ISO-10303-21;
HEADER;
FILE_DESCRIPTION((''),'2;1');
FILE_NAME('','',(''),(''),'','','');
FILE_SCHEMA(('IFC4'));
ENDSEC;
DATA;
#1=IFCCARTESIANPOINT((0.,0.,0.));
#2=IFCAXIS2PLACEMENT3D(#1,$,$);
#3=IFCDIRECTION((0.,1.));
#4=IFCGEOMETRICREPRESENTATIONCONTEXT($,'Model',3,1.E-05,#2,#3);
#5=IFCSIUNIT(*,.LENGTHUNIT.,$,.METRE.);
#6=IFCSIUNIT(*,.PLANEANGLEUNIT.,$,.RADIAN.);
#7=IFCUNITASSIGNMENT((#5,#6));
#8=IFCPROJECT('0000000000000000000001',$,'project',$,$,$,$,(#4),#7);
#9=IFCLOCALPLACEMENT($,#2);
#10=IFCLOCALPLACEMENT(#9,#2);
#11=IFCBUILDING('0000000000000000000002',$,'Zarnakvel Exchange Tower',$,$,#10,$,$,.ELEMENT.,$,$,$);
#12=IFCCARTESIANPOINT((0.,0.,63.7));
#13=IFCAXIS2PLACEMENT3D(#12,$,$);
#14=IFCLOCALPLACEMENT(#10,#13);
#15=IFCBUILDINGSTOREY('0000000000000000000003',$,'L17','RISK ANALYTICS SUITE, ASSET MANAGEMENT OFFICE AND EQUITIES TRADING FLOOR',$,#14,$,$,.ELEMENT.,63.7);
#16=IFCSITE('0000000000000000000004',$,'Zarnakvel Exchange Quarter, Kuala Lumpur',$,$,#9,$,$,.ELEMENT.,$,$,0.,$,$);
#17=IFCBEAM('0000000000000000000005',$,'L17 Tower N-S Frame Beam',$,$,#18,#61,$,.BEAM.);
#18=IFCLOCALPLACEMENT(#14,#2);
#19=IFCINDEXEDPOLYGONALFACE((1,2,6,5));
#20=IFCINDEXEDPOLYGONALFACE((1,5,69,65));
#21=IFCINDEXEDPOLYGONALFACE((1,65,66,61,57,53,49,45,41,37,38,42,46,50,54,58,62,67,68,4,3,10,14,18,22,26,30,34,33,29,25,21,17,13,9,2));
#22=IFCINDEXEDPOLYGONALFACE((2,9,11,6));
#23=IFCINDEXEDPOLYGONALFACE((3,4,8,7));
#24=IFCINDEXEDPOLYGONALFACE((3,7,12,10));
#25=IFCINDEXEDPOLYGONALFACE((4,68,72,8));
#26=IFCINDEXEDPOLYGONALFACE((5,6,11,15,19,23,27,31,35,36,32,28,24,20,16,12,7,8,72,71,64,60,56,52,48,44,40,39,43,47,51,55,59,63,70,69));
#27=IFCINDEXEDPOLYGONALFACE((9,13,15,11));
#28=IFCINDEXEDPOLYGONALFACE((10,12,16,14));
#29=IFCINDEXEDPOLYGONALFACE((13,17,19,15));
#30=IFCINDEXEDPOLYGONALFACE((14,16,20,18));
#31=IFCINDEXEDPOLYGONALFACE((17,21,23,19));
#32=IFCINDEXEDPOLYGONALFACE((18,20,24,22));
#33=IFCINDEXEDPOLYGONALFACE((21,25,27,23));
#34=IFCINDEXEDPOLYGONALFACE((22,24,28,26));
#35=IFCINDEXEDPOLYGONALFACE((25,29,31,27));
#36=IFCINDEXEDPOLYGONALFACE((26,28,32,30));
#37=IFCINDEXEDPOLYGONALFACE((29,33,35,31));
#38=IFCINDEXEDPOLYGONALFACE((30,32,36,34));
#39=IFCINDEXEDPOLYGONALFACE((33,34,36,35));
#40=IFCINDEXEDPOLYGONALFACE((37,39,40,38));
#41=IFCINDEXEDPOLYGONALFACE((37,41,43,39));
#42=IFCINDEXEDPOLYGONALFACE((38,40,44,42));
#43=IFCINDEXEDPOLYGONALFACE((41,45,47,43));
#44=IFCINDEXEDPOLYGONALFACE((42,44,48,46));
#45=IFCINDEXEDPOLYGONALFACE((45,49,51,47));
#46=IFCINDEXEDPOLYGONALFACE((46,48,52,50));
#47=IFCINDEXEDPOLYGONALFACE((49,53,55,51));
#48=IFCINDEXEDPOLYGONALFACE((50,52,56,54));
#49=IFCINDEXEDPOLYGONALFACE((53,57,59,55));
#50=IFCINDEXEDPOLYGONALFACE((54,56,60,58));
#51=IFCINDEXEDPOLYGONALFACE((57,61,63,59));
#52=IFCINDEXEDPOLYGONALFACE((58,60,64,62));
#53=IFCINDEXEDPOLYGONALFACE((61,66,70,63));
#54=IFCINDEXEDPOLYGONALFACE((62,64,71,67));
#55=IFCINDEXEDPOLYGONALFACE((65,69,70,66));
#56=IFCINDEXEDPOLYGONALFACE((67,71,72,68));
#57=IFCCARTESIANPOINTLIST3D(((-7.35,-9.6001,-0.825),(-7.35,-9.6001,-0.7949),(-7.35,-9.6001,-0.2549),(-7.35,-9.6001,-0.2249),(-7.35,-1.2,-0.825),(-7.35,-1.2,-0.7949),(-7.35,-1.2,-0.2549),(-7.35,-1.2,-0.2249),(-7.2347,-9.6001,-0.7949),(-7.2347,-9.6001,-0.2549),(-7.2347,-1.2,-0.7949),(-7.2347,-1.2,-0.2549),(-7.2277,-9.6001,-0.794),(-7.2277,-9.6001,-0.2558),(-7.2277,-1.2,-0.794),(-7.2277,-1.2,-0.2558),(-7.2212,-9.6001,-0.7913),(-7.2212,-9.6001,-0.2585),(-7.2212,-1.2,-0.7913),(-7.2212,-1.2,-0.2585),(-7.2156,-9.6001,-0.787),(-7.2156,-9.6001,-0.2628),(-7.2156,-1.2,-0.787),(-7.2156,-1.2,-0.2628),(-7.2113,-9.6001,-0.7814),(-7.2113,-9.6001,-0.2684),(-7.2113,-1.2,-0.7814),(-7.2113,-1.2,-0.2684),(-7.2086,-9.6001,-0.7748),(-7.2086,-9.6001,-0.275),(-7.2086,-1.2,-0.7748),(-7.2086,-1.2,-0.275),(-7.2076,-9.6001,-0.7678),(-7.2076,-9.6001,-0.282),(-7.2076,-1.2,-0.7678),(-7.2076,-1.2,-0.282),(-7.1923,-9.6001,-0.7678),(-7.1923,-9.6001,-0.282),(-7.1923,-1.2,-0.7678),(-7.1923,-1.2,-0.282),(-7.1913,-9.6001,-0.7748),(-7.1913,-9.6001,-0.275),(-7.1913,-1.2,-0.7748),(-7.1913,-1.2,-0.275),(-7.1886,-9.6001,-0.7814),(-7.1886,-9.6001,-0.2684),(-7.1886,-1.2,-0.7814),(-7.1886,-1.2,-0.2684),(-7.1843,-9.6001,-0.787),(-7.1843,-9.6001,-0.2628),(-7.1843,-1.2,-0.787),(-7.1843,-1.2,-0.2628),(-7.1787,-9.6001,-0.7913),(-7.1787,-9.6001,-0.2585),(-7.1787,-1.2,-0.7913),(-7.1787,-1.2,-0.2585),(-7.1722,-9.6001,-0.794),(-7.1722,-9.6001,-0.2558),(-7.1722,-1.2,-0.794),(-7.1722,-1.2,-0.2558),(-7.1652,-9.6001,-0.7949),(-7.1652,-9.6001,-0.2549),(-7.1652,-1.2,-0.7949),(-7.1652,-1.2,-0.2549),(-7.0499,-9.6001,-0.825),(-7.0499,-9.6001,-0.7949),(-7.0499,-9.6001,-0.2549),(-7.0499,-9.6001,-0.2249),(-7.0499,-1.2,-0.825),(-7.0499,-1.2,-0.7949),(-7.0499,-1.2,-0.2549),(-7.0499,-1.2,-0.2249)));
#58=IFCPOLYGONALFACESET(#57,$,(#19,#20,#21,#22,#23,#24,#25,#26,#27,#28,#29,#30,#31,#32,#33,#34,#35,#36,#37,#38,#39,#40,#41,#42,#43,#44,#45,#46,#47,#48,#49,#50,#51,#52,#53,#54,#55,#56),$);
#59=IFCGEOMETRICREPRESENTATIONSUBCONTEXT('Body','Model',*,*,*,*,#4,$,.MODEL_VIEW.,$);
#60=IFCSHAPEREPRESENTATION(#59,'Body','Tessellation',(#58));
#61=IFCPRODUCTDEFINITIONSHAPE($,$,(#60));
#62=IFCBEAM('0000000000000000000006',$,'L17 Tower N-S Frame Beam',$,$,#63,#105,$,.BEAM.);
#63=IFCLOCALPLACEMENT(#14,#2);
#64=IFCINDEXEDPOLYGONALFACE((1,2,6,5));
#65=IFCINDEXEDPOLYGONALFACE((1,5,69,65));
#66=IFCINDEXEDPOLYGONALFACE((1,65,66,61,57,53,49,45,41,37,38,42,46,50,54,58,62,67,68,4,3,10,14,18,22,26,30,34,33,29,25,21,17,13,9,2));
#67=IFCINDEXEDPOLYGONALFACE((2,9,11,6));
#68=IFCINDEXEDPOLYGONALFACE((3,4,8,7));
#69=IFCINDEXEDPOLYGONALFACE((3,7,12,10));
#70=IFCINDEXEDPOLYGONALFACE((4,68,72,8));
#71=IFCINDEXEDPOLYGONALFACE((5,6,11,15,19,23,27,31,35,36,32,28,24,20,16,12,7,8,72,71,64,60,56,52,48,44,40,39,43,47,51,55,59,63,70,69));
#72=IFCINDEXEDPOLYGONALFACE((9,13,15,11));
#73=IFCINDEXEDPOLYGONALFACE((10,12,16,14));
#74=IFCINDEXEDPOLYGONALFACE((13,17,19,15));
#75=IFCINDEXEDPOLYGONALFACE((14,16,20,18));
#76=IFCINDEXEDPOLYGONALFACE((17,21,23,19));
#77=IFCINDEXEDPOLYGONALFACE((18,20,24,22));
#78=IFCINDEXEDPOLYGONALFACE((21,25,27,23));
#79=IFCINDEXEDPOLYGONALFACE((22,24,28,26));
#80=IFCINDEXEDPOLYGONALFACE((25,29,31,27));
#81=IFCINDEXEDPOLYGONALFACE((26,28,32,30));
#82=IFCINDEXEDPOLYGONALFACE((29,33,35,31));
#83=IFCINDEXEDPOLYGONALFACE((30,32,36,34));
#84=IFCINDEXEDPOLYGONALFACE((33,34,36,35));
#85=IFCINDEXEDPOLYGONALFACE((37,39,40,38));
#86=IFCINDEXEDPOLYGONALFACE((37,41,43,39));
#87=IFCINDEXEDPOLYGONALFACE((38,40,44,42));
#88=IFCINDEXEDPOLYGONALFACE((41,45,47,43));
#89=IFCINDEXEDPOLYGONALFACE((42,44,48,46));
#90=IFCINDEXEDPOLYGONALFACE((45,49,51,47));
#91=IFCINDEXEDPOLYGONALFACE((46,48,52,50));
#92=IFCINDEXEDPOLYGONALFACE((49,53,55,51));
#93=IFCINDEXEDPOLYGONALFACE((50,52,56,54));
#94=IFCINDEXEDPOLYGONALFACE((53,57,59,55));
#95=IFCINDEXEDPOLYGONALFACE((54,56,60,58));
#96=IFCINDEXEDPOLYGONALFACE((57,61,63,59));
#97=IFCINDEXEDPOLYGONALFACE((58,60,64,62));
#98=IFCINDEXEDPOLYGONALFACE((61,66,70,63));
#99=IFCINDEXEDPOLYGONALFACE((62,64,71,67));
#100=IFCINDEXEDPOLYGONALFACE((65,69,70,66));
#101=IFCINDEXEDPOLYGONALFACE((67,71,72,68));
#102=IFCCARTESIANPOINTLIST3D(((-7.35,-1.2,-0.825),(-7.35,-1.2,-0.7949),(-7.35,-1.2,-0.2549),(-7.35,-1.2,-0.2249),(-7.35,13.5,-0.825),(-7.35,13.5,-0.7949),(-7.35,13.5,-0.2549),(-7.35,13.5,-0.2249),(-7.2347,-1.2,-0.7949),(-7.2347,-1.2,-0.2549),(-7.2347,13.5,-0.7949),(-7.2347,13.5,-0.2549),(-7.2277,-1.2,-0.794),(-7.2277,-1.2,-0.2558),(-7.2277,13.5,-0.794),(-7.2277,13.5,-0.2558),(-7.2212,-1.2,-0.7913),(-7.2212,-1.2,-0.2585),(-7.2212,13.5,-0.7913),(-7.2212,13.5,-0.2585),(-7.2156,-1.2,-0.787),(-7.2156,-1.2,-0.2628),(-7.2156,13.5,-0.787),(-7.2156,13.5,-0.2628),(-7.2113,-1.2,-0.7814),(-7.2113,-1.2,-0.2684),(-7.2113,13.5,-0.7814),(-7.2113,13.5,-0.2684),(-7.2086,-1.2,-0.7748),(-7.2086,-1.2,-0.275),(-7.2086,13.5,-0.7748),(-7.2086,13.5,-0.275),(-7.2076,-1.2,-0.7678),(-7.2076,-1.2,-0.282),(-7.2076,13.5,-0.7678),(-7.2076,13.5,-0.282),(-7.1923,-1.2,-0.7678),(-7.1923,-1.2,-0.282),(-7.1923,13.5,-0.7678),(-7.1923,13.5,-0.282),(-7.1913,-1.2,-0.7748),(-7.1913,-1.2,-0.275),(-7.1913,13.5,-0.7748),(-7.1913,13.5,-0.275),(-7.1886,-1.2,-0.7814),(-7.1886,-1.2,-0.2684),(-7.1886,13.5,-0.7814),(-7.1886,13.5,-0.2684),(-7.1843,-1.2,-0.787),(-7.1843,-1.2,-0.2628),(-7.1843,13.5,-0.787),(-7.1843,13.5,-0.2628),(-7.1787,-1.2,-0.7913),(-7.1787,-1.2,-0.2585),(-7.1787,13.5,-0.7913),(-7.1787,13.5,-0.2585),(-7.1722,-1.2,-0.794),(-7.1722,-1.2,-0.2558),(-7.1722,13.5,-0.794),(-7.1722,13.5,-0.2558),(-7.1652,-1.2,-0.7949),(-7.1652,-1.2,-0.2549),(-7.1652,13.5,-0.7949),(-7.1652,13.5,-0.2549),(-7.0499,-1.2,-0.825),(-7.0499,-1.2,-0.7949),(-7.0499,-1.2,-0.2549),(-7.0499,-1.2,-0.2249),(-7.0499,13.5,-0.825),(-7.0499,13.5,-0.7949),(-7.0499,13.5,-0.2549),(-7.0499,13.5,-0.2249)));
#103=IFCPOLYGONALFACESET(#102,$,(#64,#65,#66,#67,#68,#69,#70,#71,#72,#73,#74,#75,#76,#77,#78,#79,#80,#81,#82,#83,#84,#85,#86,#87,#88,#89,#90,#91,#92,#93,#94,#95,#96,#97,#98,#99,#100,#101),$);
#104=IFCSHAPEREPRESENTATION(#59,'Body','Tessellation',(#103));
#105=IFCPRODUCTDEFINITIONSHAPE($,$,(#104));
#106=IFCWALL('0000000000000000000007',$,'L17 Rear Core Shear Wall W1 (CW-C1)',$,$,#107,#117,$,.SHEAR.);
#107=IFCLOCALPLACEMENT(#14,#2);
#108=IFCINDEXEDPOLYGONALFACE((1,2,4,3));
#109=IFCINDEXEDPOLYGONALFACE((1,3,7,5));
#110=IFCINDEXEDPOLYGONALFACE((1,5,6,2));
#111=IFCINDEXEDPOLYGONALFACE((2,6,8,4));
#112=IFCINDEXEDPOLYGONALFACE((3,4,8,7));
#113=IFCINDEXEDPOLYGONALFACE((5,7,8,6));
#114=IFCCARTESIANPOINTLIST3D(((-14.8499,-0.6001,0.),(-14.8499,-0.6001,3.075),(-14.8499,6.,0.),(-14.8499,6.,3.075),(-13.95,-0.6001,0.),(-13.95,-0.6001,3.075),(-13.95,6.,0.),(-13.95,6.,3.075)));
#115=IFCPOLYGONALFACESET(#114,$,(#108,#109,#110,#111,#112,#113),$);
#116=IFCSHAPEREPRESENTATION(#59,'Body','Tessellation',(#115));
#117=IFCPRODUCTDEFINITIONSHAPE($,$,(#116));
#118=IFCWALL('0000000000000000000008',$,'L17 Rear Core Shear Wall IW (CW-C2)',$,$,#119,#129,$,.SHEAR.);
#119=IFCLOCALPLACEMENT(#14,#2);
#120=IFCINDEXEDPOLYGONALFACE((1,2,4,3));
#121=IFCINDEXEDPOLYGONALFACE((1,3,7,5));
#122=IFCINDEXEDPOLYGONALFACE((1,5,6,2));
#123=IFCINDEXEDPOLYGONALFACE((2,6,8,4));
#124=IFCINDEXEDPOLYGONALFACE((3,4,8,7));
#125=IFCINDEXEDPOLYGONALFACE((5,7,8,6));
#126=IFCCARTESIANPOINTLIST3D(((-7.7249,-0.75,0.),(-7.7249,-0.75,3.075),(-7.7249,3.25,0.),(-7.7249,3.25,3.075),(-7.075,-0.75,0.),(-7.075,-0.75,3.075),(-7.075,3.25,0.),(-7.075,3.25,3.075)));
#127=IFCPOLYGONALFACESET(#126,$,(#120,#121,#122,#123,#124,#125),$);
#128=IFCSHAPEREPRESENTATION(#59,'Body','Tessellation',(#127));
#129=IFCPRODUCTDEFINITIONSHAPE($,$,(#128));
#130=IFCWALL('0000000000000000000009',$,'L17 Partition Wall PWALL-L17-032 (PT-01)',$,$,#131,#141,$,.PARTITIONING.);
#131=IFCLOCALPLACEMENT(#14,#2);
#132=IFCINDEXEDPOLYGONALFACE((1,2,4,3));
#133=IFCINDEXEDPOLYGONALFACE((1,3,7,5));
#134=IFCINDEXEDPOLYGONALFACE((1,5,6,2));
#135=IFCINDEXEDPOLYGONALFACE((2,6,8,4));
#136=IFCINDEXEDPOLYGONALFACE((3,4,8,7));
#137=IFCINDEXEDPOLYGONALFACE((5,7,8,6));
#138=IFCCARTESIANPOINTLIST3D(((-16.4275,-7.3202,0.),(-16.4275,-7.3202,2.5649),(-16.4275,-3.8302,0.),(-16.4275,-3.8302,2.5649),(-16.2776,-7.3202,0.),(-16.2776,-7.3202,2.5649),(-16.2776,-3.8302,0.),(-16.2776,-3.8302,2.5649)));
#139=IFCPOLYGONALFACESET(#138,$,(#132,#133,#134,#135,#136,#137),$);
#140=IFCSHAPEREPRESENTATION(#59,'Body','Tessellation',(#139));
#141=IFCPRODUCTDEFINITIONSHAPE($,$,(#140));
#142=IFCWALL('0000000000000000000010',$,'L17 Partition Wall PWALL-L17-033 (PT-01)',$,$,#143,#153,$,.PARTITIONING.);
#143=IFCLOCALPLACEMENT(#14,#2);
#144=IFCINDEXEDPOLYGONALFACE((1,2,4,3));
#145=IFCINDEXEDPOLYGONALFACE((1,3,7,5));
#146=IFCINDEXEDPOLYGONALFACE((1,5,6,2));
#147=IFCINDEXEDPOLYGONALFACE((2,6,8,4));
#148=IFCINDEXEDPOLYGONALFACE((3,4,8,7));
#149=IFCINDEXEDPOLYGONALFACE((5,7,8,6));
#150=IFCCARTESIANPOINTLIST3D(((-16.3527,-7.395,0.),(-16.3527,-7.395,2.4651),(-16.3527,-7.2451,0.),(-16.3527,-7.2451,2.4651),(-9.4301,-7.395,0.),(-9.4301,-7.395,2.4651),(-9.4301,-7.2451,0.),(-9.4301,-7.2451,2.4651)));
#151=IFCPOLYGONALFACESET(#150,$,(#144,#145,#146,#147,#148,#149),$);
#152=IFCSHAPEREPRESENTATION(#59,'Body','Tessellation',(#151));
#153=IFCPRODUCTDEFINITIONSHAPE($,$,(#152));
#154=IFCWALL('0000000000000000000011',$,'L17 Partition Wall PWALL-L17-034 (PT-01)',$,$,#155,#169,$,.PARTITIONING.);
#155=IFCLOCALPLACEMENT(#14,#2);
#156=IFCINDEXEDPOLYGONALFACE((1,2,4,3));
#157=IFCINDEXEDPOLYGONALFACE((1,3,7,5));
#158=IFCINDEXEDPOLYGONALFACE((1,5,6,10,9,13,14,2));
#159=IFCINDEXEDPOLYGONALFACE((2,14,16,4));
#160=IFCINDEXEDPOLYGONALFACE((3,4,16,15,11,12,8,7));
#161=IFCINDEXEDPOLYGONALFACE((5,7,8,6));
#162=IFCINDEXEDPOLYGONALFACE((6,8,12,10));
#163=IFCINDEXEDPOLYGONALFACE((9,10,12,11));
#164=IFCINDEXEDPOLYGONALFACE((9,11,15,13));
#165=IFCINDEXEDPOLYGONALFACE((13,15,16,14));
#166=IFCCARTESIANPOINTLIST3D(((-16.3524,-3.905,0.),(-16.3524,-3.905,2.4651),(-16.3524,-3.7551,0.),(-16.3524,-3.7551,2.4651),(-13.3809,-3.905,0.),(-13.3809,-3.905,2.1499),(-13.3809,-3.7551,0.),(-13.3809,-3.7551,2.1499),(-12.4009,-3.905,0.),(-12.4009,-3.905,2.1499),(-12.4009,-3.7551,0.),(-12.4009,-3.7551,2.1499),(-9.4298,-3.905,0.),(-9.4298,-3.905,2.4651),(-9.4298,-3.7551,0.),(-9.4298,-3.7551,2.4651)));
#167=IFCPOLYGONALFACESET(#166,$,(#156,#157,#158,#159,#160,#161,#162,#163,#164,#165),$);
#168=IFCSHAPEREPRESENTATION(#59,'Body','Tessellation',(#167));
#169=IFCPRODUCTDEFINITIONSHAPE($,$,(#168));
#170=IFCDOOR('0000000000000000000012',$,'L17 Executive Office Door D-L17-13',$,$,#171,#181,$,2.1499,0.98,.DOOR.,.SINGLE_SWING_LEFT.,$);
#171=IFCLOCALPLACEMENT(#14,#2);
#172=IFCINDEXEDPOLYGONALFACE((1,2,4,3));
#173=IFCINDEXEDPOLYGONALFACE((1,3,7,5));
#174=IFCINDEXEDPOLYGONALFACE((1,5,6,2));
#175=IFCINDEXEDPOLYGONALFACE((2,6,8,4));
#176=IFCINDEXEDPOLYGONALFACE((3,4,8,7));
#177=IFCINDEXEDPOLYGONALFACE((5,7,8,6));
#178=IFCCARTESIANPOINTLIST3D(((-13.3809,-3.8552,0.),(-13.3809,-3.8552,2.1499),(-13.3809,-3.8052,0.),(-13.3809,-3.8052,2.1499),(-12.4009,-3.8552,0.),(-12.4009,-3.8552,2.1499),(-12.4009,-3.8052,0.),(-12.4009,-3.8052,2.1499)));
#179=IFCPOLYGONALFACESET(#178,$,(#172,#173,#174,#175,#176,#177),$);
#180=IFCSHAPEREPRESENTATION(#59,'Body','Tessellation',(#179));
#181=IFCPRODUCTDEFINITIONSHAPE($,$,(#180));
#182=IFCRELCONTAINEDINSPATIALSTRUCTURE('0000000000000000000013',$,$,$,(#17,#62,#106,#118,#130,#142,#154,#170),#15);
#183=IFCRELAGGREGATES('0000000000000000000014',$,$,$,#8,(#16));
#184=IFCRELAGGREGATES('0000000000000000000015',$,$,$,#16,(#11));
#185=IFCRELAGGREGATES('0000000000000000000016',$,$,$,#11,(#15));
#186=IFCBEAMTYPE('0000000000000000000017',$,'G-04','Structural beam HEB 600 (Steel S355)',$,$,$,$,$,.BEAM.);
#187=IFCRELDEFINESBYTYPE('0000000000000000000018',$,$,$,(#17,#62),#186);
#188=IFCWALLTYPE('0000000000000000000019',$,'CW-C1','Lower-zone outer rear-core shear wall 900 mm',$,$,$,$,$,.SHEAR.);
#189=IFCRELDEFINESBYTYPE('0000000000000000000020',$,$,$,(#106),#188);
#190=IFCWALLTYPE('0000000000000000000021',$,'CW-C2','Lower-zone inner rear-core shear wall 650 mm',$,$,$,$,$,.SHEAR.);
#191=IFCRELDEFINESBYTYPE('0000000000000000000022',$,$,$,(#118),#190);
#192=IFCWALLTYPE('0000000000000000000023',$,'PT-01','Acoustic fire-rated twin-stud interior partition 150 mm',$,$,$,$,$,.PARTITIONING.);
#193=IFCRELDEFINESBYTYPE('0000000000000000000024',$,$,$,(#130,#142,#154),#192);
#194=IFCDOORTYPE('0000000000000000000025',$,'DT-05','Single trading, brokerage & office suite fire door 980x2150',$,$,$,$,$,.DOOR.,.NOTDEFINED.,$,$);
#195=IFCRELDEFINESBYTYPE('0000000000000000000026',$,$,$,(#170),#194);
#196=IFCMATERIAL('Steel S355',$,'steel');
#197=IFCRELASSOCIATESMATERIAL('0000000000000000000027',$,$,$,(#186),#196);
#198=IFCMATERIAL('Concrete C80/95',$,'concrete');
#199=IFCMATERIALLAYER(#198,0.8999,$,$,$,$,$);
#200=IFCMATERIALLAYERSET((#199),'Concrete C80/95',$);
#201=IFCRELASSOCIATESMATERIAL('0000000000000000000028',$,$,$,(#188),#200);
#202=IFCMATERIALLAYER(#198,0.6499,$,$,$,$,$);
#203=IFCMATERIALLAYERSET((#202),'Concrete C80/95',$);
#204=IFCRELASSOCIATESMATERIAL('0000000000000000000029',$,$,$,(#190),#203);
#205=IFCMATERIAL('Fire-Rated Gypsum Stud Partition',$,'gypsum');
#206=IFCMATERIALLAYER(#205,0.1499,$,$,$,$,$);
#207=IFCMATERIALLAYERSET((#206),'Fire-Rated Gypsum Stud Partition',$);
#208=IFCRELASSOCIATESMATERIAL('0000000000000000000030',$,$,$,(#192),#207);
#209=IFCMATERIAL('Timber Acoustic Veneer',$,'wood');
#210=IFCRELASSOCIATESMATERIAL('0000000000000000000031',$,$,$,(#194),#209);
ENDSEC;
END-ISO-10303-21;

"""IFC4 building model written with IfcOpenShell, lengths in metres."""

from ifc_helpers import new_model, si_unit, direction, frame, frame_2d, origin, origin_2d, place, context, subcontext, project, spatial, rectangle, i_section, extrude, source, transform, mapped, material, layer, layer_set, material_profile, profile_set, type_object, element, fill, save


model = new_model("IFC4")

# Units and contexts
model_context = context("Model", 3, precision=1e-05, world=origin(), true_north=direction((0.0, 1.0)))
body_context = subcontext(model_context, "Body", "Model", "MODEL_VIEW")
ifc_project = project(units=[si_unit("LENGTHUNIT", "METRE"), si_unit("PLANEANGLEUNIT", "RADIAN")], contexts=[model_context])

# Site, building, storey
site_placement = place(None, origin())
site = spatial("IfcSite", under=ifc_project, at=site_placement, Name="Zarnakvel Exchange Quarter, Kuala Lumpur", CompositionType="ELEMENT", RefElevation=0.0)
building_placement = place(site_placement, origin())
building = spatial("IfcBuilding", under=site, at=building_placement, Name="Zarnakvel Exchange Tower", CompositionType="ELEMENT")
storey_placement = place(building_placement, frame((0.0, 0.0, 63.7)))
storey = spatial("IfcBuildingStorey", under=building, at=storey_placement, Name="L17", Description="RISK ANALYTICS SUITE, ASSET MANAGEMENT OFFICE AND EQUITIES TRADING FLOOR", CompositionType="ELEMENT", Elevation=63.7)

# Shared definitions
ifc_material_1 = material(Name="Concrete C80/95", Category="concrete")

# Beams
ifc_material_2 = material(Name="Steel S355", Category="steel")
ifc_material_profile_1 = material_profile(ifc_material_2, i_section(OverallWidth=0.3, OverallDepth=0.6001, WebThickness=0.0154, FlangeThickness=0.03, FilletRadius=0.0271, at=origin_2d()))
ifc_profile_set_1 = profile_set([ifc_material_profile_1], Name="Steel S355")
beam_type_1 = type_object("IfcBeamType", Name="G-04", Description="Structural beam HEB 600 (Steel S355)", PredefinedType="BEAM", material=ifc_profile_set_1)
for number, where, z_axis, x_axis, name in (
    (1, (-7.2, -9.6001, -0.5249), (0.0, 1.0, 0.0), (-1.0, 0.0, 0.0), "L17 Tower N-S Frame Beam"),
):
    element("IfcBeam", number, at=place(storey_placement, frame(where, z_axis=z_axis, x_axis=x_axis)), inside=storey, type_object=beam_type_1, Name=name, PredefinedType="BEAM", context=body_context, shape_type="SweptSolid", body=[
        extrude(i_section(OverallWidth=0.3, OverallDepth=0.6001, WebThickness=0.0154, FlangeThickness=0.03, FilletRadius=0.0271, at=origin_2d()), origin(), (0.0, 0.0, 1.0), 8.4001),
    ])
beam_1_placement = place(storey_placement, frame((-7.2, -1.2, -0.5249), z_axis=(0.0, 1.0, 0.0), x_axis=(-1.0, 0.0, 0.0)))
element("IfcBeam", 2, at=beam_1_placement, inside=storey, type_object=beam_type_1, Name="L17 Tower N-S Frame Beam", PredefinedType="BEAM", context=body_context, shape_type="SweptSolid", body=[
    extrude(i_section(OverallWidth=0.3, OverallDepth=0.6001, WebThickness=0.0154, FlangeThickness=0.03, FilletRadius=0.0271, at=origin_2d()), origin(), (0.0, 0.0, 1.0), 14.7),
])

# Wall
ifc_layer_1 = layer(ifc_material_1, 0.8999)
ifc_layer_set_1 = layer_set([ifc_layer_1], Name="Concrete C80/95")
wall_type_1 = type_object("IfcWallType", Name="CW-C1", Description="Lower-zone outer rear-core shear wall 900 mm", PredefinedType="SHEAR", material=ifc_layer_set_1)
wall_1_placement = place(storey_placement, frame((-14.3999, -0.6001, 0.0), z_axis=(0.0, 0.0, 1.0), x_axis=(0.0, 1.0, 0.0)))
element("IfcWall", 3, at=wall_1_placement, inside=storey, type_object=wall_type_1, Name="L17 Rear Core Shear Wall W1 (CW-C1)", PredefinedType="SHEAR", context=body_context, shape_type="SweptSolid", body=[
    extrude(rectangle(XDim=6.6001, YDim=0.8999, at=frame_2d((3.3, 0.0))), origin(), (0.0, 0.0, 1.0), 3.075),
])

# Walls
ifc_layer_2 = layer(ifc_material_1, 0.6499)
ifc_layer_set_2 = layer_set([ifc_layer_2], Name="Concrete C80/95")
wall_type_2 = type_object("IfcWallType", Name="CW-C2", Description="Lower-zone inner rear-core shear wall 650 mm", PredefinedType="SHEAR", material=ifc_layer_set_2)
wall_2_placement = place(storey_placement, frame((-7.3999, -0.75, 0.0), z_axis=(0.0, 0.0, 1.0), x_axis=(0.0, 1.0, 0.0)))
element("IfcWall", 4, at=wall_2_placement, inside=storey, type_object=wall_type_2, Name="L17 Rear Core Shear Wall IW (CW-C2)", PredefinedType="SHEAR", context=body_context, shape_type="SweptSolid", body=[
    extrude(rectangle(XDim=4.0, YDim=0.6499, at=frame_2d((2.0, 0.0))), origin(), (0.0, 0.0, 1.0), 3.075),
])
ifc_material_3 = material(Name="Fire-Rated Gypsum Stud Partition", Category="gypsum")
ifc_layer_3 = layer(ifc_material_3, 0.1499)
ifc_layer_set_3 = layer_set([ifc_layer_3], Name="Fire-Rated Gypsum Stud Partition")
wall_type_3 = type_object("IfcWallType", Name="PT-01", Description="Acoustic fire-rated twin-stud interior partition 150 mm", PredefinedType="PARTITIONING", material=ifc_layer_set_3)
wall_3_placement = place(storey_placement, frame((-16.3525, -3.8301, 0.0), z_axis=(0.0, 0.0, 1.0), x_axis=(0.0, -1.0, 0.0)))
element("IfcWall", 5, at=wall_3_placement, inside=storey, type_object=wall_type_3, Name="L17 Partition Wall PWALL-L17-032 (PT-01)", PredefinedType="PARTITIONING", context=body_context, shape_type="SweptSolid", body=[
    extrude(rectangle(XDim=3.49, YDim=0.1499, at=frame_2d((1.7451, 0.0))), origin(), (0.0, 0.0, 1.0), 2.5649),
])
wall_4_placement = place(storey_placement, frame((-9.4299, -7.3201, 0.0), z_axis=(0.0, 0.0, 1.0), x_axis=(-1.0, 0.0, 0.0)))
element("IfcWall", 6, at=wall_4_placement, inside=storey, type_object=wall_type_3, Name="L17 Partition Wall PWALL-L17-033 (PT-01)", PredefinedType="PARTITIONING", context=body_context, shape_type="SweptSolid", body=[
    extrude(rectangle(XDim=6.9226, YDim=0.1499, at=frame_2d((3.4614, 0.0))), origin(), (0.0, 0.0, 1.0), 2.4651),
])

# Wall, opening, door
wall_5_placement = place(storey_placement, frame((-16.3525, -3.8301, 0.0), z_axis=(0.0, 0.0, 1.0), x_axis=(1.0, 0.0, 0.0)))
wall_5 = element("IfcWall", 7, at=wall_5_placement, inside=storey, type_object=wall_type_3, Name="L17 Partition Wall PWALL-L17-034 (PT-01)", PredefinedType="PARTITIONING", context=body_context, shape_type="SweptSolid", body=[
    extrude(rectangle(XDim=6.9226, YDim=0.1499, at=frame_2d((3.4614, 0.0))), origin(), (0.0, 0.0, 1.0), 2.4651),
])
opening_1_placement = place(wall_5_placement, frame((2.9717, 0.0, 0.0)))
opening_1 = element("IfcOpeningElement", 8, at=opening_1_placement, cuts=wall_5, PredefinedType="OPENING", context=body_context, shape_type="SweptSolid", body=[
    extrude(rectangle(XDim=0.98, YDim=2.1499, at=frame_2d((0.49, 1.075))), frame((0.0, 0.085, 0.0), z_axis=(0.0, -1.0, 0.0), x_axis=(1.0, 0.0, 0.0)), (0.0, 0.0, 1.0), 0.1699),
])
ifc_material_4 = material(Name="Timber Acoustic Veneer", Category="wood")
door_type_1 = type_object("IfcDoorType", Name="DT-05", Description="Single trading, brokerage & office suite fire door 980x2150", OperationType="NOTDEFINED", PredefinedType="DOOR", material=ifc_material_4)
shared_shape_1 = source(origin(), body_context, "Body", "SweptSolid", [
    extrude(rectangle(XDim=0.98, YDim=2.1499, at=frame_2d((0.49, 1.075))), frame((0.0, 0.0249, 0.0), z_axis=(0.0, -1.0, 0.0), x_axis=(1.0, 0.0, 0.0)), (0.0, 0.0, 1.0), 0.05),
])
door_1_placement = place(opening_1_placement, origin())
door_1 = element("IfcDoor", 9, at=door_1_placement, inside=storey, type_object=door_type_1, Name="L17 Executive Office Door D-L17-13", OperationType="SINGLE_SWING_LEFT", OverallHeight=2.1499, OverallWidth=0.98, PredefinedType="DOOR", context=body_context, shape_type="MappedRepresentation", body=[
    mapped(shared_shape_1, transform((0.0, 0.0, 0.0), x_axis=(1.0, 0.0, 0.0), y_axis=(0.0, 1.0, 0.0), z_axis=(0.0, 0.0, 1.0), scale=1.0)),
])
fill(opening_1, door_1)

save(model, "model.ifc")
